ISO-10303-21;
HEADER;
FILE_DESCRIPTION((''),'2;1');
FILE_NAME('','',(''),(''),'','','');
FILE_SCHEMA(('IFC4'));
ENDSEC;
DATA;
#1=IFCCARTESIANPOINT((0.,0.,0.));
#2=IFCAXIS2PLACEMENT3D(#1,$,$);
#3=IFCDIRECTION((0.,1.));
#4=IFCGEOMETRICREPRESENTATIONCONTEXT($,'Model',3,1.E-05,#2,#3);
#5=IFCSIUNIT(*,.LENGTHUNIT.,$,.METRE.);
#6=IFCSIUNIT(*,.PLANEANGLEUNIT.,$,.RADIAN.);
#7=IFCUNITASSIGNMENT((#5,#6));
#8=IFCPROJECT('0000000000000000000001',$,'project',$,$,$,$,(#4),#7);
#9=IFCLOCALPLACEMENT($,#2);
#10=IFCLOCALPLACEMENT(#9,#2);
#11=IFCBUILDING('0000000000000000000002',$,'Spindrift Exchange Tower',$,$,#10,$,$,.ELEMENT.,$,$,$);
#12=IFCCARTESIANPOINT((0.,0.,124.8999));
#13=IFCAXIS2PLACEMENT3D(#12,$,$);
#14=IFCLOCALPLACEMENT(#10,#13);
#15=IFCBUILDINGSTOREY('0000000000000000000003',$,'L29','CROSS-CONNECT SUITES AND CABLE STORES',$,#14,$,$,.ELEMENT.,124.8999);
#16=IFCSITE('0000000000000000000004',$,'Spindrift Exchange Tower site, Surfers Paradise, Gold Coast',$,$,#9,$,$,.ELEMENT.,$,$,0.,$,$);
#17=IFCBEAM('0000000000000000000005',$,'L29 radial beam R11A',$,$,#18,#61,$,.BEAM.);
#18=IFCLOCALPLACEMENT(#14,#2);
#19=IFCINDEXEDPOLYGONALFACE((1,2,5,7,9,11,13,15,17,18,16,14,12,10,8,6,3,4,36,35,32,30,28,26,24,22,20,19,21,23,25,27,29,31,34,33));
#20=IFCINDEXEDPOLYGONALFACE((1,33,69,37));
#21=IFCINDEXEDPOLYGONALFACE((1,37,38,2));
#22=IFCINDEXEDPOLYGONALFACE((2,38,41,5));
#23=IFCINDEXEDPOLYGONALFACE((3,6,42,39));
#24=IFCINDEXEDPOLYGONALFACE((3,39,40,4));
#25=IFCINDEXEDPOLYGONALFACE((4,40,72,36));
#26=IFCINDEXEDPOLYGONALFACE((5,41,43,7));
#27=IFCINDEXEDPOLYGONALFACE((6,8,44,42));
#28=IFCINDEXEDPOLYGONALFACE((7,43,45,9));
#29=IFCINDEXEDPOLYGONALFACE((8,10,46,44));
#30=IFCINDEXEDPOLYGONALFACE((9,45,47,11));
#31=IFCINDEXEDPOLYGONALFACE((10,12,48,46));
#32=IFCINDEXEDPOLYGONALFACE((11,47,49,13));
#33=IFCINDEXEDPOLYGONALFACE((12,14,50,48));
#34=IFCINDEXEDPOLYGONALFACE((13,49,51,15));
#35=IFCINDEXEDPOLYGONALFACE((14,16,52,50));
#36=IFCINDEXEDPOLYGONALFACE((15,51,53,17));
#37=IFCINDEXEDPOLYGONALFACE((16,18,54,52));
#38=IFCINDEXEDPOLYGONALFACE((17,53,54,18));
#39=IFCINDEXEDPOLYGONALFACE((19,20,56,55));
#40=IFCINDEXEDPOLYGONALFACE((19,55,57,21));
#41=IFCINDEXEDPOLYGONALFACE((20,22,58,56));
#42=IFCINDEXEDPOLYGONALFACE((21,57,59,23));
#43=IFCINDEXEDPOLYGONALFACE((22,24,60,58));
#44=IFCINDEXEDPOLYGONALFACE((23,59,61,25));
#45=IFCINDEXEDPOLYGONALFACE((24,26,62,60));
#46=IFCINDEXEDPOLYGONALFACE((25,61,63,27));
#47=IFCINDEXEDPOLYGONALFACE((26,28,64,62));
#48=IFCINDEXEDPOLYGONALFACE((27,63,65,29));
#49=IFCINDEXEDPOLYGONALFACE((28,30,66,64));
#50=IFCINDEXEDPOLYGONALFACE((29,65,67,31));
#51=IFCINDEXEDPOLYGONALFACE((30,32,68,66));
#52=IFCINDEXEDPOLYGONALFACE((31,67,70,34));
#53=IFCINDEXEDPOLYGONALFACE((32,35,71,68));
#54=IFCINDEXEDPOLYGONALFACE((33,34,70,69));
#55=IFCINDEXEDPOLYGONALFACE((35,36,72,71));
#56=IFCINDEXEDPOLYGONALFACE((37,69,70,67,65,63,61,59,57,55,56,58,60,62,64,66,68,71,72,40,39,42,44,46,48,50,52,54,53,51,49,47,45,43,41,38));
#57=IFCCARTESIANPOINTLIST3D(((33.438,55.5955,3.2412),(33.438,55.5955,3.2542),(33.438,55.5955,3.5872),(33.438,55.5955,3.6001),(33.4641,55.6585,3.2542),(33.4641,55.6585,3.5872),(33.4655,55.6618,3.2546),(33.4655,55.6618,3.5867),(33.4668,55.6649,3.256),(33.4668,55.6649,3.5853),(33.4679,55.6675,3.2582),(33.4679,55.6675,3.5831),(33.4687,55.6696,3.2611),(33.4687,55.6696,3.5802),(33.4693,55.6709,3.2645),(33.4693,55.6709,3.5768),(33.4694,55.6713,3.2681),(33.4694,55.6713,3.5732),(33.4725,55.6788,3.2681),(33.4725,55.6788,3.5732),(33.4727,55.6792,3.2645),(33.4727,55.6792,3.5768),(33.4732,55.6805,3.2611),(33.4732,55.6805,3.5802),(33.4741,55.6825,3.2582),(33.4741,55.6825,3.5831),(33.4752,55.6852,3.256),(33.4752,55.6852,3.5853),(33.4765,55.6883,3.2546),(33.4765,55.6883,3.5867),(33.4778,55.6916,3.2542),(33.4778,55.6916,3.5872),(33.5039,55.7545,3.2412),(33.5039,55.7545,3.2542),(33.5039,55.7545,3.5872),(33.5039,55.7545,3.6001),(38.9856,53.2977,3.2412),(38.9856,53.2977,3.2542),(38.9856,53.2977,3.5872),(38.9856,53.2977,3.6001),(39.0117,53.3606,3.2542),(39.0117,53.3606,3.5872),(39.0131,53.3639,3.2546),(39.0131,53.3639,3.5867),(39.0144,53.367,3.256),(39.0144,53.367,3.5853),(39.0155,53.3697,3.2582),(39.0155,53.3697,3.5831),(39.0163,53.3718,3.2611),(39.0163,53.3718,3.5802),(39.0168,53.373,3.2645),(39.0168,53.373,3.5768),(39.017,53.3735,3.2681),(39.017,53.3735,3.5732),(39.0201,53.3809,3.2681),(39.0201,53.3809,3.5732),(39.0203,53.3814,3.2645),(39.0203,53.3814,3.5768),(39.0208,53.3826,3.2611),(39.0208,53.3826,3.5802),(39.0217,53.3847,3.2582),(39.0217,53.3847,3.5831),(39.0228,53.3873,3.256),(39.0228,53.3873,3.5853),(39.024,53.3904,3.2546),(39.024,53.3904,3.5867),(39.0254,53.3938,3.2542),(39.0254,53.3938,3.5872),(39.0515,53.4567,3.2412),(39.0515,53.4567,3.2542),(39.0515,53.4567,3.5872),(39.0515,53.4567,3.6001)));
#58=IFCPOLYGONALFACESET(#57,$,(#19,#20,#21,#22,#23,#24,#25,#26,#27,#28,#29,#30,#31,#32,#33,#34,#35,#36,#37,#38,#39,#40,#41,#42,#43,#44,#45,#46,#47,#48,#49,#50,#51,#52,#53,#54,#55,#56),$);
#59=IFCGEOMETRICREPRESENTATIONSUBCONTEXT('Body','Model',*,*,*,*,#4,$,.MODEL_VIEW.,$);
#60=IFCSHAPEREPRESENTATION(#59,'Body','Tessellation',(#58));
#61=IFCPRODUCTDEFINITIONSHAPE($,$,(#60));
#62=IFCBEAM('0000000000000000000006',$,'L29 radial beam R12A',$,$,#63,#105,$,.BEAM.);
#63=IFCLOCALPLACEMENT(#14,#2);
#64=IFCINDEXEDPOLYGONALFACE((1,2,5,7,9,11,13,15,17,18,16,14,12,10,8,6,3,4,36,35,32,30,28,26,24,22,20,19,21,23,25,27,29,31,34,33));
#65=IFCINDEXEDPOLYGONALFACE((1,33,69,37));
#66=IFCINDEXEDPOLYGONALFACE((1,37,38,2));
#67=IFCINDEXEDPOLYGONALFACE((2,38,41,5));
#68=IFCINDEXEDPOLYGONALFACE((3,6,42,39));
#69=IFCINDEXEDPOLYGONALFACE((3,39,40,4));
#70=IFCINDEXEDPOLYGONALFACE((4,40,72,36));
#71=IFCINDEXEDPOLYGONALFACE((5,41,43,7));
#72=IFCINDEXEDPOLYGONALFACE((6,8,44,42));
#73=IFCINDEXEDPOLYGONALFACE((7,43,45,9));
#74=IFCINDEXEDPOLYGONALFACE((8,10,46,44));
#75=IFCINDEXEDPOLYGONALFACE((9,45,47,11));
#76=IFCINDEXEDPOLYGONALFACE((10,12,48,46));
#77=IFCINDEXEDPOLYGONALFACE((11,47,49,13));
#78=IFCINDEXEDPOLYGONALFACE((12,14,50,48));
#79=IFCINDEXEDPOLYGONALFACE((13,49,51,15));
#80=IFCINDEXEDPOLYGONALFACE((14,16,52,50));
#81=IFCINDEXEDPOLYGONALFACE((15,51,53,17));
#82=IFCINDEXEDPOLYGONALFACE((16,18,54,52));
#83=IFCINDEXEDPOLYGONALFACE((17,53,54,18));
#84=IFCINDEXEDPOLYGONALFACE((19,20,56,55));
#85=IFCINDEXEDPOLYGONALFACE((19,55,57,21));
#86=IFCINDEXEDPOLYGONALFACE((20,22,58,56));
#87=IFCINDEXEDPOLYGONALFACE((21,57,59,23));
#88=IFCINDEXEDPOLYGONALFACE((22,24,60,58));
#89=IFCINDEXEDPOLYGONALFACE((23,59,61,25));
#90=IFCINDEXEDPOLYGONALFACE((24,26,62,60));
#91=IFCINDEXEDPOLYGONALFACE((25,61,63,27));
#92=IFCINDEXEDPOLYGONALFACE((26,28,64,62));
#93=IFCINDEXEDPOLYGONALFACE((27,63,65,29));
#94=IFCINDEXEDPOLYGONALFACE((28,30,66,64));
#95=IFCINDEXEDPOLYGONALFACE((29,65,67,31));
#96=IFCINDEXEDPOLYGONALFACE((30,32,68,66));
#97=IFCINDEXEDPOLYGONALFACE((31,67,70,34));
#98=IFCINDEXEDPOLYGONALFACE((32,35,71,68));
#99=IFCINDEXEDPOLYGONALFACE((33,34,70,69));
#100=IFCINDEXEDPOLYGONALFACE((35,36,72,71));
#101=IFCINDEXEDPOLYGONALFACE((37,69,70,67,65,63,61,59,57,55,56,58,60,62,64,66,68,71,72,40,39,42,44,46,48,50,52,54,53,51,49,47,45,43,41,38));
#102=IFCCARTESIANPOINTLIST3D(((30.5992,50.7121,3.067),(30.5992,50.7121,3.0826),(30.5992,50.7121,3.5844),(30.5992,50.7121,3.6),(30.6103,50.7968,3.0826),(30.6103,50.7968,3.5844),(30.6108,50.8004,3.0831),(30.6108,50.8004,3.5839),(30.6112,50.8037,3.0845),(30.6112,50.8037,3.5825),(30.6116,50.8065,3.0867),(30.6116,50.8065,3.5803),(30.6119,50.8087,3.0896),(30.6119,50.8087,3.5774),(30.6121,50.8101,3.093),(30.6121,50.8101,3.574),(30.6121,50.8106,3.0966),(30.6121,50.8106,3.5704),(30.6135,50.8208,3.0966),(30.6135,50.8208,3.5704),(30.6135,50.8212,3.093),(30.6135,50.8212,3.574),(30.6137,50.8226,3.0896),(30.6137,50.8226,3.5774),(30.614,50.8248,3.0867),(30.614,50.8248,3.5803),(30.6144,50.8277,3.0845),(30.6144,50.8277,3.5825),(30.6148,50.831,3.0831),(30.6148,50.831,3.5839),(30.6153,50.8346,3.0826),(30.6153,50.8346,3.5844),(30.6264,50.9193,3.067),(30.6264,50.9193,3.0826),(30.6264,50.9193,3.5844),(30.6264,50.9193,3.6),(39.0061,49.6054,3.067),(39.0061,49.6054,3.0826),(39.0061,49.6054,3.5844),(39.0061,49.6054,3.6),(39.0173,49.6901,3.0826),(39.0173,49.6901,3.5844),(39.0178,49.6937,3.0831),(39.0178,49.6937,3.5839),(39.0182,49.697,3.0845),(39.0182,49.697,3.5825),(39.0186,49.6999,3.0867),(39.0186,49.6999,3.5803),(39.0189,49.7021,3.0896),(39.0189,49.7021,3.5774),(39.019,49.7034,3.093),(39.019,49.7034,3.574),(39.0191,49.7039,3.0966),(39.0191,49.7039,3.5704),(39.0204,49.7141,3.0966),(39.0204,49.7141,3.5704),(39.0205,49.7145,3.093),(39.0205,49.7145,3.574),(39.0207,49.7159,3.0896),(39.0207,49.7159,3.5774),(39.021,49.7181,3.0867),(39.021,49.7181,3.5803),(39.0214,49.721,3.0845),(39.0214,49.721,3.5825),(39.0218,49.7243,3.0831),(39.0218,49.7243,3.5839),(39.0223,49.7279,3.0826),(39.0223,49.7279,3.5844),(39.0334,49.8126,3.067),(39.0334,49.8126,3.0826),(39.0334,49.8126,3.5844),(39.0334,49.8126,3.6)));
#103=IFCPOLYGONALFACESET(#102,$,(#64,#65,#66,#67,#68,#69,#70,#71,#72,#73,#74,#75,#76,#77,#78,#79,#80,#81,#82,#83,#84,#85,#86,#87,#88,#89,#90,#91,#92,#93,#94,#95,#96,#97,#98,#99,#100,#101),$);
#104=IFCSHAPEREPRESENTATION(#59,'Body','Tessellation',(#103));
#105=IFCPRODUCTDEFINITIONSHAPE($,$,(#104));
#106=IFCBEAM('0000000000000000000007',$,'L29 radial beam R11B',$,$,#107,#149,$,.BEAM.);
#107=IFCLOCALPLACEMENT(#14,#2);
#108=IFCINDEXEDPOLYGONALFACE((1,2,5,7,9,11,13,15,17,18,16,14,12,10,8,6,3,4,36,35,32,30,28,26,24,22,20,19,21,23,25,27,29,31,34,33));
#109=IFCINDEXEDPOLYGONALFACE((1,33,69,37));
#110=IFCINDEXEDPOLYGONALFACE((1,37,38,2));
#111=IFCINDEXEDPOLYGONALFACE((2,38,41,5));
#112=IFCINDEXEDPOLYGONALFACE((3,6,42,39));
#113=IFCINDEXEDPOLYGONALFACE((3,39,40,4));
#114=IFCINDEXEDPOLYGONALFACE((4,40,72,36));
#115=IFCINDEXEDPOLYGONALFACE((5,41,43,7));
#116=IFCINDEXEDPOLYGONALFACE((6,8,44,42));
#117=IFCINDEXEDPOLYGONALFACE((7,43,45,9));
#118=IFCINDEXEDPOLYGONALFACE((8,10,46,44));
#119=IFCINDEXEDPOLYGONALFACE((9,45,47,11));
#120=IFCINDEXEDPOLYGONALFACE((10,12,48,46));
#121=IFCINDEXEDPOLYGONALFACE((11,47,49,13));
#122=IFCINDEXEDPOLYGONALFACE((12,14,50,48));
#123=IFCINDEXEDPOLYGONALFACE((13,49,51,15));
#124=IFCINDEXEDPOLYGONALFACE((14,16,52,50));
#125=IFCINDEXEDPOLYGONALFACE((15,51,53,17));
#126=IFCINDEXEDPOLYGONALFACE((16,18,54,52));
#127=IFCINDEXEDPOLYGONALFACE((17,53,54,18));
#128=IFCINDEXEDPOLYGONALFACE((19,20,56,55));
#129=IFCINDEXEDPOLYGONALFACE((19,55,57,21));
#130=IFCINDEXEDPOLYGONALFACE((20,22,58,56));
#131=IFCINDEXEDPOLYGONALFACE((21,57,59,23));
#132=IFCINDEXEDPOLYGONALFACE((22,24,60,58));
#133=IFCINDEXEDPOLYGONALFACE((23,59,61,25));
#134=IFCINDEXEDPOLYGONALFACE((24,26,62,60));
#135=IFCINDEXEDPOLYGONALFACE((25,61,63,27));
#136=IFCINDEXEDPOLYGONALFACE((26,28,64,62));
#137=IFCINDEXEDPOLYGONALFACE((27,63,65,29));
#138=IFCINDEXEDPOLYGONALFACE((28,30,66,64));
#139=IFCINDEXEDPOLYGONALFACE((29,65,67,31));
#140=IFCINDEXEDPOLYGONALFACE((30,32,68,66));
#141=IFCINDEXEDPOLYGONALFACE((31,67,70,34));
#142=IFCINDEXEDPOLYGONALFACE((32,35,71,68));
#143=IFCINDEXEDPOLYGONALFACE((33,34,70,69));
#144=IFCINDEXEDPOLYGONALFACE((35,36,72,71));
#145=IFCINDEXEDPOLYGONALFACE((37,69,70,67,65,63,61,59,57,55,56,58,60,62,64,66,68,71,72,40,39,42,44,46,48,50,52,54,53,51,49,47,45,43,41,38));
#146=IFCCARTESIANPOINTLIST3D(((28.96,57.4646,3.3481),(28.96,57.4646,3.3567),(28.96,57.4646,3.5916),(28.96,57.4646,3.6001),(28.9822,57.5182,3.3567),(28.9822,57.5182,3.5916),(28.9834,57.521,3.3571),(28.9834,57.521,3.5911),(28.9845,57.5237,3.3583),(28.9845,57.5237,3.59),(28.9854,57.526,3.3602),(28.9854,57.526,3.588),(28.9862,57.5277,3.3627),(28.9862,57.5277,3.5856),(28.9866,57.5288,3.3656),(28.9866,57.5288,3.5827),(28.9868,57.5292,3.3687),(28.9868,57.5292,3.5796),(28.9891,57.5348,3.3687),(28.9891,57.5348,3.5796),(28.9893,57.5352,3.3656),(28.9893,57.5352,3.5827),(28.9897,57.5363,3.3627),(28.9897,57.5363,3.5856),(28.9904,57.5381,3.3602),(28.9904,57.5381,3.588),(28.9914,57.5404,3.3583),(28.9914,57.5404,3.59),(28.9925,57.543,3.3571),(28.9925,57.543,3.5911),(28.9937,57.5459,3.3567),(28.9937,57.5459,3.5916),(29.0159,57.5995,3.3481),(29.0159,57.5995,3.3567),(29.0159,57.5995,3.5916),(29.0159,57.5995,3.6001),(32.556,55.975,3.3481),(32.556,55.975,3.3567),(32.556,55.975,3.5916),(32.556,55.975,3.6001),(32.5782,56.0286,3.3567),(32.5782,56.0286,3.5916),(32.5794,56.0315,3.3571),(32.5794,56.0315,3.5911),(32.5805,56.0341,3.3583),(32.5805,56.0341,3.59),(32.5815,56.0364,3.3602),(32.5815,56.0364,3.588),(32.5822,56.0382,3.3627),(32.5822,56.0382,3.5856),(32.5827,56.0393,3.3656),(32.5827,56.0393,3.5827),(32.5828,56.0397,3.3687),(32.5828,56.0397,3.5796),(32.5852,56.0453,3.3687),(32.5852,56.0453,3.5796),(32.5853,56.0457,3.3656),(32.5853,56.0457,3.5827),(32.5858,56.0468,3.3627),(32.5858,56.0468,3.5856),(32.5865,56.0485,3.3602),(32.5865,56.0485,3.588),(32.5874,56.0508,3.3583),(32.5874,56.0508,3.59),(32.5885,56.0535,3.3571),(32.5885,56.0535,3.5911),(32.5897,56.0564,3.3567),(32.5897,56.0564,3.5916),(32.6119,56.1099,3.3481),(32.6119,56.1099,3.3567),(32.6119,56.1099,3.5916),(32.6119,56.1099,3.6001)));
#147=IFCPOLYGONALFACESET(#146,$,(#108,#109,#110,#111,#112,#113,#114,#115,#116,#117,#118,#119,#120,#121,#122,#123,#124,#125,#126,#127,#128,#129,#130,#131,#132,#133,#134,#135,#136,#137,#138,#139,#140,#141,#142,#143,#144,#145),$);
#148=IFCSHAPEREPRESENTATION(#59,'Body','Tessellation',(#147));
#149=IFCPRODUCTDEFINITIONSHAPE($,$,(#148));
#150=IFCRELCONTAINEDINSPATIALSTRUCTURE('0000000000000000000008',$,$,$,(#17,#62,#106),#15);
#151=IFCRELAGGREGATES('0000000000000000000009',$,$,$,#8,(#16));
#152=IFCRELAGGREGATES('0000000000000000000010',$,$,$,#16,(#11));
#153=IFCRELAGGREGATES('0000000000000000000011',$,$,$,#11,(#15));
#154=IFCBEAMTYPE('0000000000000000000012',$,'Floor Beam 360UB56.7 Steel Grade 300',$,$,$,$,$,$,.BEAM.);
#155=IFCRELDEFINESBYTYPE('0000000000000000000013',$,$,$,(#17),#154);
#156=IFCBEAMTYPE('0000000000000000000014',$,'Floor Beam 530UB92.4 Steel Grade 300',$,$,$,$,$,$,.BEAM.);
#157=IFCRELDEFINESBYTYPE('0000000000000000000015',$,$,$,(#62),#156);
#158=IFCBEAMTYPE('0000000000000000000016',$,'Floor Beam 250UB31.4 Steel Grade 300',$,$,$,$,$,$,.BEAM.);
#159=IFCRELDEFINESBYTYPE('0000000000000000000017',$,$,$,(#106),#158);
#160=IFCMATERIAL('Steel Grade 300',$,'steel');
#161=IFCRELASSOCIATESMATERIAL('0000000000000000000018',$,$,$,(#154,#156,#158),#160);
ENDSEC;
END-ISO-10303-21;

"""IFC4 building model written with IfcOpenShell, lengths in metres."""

from ifc_helpers import new_model, si_unit, direction, frame, origin, origin_2d, place, context, subcontext, project, spatial, i_section, extrude, source, transform, mapped, material, material_profile, profile_set, type_object, element, save


model = new_model("IFC4")

# Units and contexts
model_context = context("Model", 3, precision=1e-05, world=origin(), true_north=direction((0.0, 1.0)))
body_context = subcontext(model_context, "Body", "Model", "MODEL_VIEW")
ifc_project = project(units=[si_unit("LENGTHUNIT", "METRE"), si_unit("PLANEANGLEUNIT", "RADIAN")], contexts=[model_context])

# Site, building, storey
site_placement = place(None, origin())
site = spatial("IfcSite", under=ifc_project, at=site_placement, Name="Spindrift Exchange Tower site, Surfers Paradise, Gold Coast", CompositionType="ELEMENT", RefElevation=0.0)
building_placement = place(site_placement, origin())
building = spatial("IfcBuilding", under=site, at=building_placement, Name="Spindrift Exchange Tower", CompositionType="ELEMENT")
storey_placement = place(building_placement, frame((0.0, 0.0, 124.8999)))
storey = spatial("IfcBuildingStorey", under=building, at=storey_placement, Name="L29", Description="CROSS-CONNECT SUITES AND CABLE STORES", CompositionType="ELEMENT", Elevation=124.8999)

# Beams
ifc_material_1 = material(Name="Steel Grade 300", Category="steel")
ifc_material_profile_1 = material_profile(ifc_material_1, i_section(OverallWidth=0.1721, OverallDepth=0.3589, WebThickness=0.0081, FlangeThickness=0.0129, FilletRadius=0.0139, at=origin_2d()), Name="360UB56.7")
ifc_profile_set_1 = profile_set([ifc_material_profile_1], Name="Steel Grade 300")
beam_type_1 = type_object("IfcBeamType", Name="Floor Beam 360UB56.7 Steel Grade 300", PredefinedType="BEAM", material=ifc_profile_set_1)
shared_shape_1 = source(origin(), body_context, "Body", "SweptSolid", [
    extrude(i_section(OverallWidth=0.1721, OverallDepth=0.3589, WebThickness=0.0081, FlangeThickness=0.0129, FilletRadius=0.0139, at=origin_2d()), origin(), (0.0, 0.0, 1.0), 6.0046),
])
beam_1_placement = place(storey_placement, frame((39.0186, 53.3772, 3.4207), z_axis=(-0.923882, 0.382677, 0.0), x_axis=(-0.382677, -0.923882, 0.0)))
element("IfcBeam", 1, at=beam_1_placement, inside=storey, type_object=beam_type_1, Name="L29 radial beam R11A", PredefinedType="BEAM", context=body_context, shape_type="MappedRepresentation", body=[
    mapped(shared_shape_1, transform((0.0, 0.0, 0.0), scale=1.0)),
])
ifc_material_profile_2 = material_profile(ifc_material_1, i_section(OverallWidth=0.209, OverallDepth=0.533, WebThickness=0.0103, FlangeThickness=0.0156, FilletRadius=0.0139, at=origin_2d()), Name="530UB92.4")
ifc_profile_set_2 = profile_set([ifc_material_profile_2], Name="Steel Grade 300")
beam_type_2 = type_object("IfcBeamType", Name="Floor Beam 530UB92.4 Steel Grade 300", PredefinedType="BEAM", material=ifc_profile_set_2)
shared_shape_2 = source(origin(), body_context, "Body", "SweptSolid", [
    extrude(i_section(OverallWidth=0.209, OverallDepth=0.533, WebThickness=0.0103, FlangeThickness=0.0156, FilletRadius=0.0139, at=origin_2d()), origin(), (0.0, 0.0, 1.0), 8.4795),
])
beam_2_placement = place(storey_placement, frame((39.0198, 49.709, 3.3335), z_axis=(-0.991447, 0.130513, 0.0), x_axis=(-0.130513, -0.991447, 0.0)))
element("IfcBeam", 2, at=beam_2_placement, inside=storey, type_object=beam_type_2, Name="L29 radial beam R12A", PredefinedType="BEAM", context=body_context, shape_type="MappedRepresentation", body=[
    mapped(shared_shape_2, transform((0.0, 0.0, 0.0), scale=1.0)),
])
ifc_material_profile_3 = material_profile(ifc_material_1, i_section(OverallWidth=0.146, OverallDepth=0.252, WebThickness=0.0061, FlangeThickness=0.0085, FilletRadius=0.012, at=origin_2d()), Name="250UB31.4")
ifc_profile_set_3 = profile_set([ifc_material_profile_3], Name="Steel Grade 300")
beam_type_3 = type_object("IfcBeamType", Name="Floor Beam 250UB31.4 Steel Grade 300", PredefinedType="BEAM", material=ifc_profile_set_3)
shared_shape_3 = source(origin(), body_context, "Body", "SweptSolid", [
    extrude(i_section(OverallWidth=0.146, OverallDepth=0.252, WebThickness=0.0061, FlangeThickness=0.0085, FilletRadius=0.012, at=origin_2d()), origin(), (0.0, 0.0, 1.0), 3.8923),
])
beam_3_placement = place(storey_placement, frame((32.584, 56.0425, 3.4741), z_axis=(-0.923878, 0.382686, 0.0), x_axis=(-0.382686, -0.923878, 0.0)))
element("IfcBeam", 3, at=beam_3_placement, inside=storey, type_object=beam_type_3, Name="L29 radial beam R11B", PredefinedType="BEAM", context=body_context, shape_type="MappedRepresentation", body=[
    mapped(shared_shape_3, transform((0.0, 0.0, 0.0), scale=1.0)),
])

save(model, "model.ifc")
